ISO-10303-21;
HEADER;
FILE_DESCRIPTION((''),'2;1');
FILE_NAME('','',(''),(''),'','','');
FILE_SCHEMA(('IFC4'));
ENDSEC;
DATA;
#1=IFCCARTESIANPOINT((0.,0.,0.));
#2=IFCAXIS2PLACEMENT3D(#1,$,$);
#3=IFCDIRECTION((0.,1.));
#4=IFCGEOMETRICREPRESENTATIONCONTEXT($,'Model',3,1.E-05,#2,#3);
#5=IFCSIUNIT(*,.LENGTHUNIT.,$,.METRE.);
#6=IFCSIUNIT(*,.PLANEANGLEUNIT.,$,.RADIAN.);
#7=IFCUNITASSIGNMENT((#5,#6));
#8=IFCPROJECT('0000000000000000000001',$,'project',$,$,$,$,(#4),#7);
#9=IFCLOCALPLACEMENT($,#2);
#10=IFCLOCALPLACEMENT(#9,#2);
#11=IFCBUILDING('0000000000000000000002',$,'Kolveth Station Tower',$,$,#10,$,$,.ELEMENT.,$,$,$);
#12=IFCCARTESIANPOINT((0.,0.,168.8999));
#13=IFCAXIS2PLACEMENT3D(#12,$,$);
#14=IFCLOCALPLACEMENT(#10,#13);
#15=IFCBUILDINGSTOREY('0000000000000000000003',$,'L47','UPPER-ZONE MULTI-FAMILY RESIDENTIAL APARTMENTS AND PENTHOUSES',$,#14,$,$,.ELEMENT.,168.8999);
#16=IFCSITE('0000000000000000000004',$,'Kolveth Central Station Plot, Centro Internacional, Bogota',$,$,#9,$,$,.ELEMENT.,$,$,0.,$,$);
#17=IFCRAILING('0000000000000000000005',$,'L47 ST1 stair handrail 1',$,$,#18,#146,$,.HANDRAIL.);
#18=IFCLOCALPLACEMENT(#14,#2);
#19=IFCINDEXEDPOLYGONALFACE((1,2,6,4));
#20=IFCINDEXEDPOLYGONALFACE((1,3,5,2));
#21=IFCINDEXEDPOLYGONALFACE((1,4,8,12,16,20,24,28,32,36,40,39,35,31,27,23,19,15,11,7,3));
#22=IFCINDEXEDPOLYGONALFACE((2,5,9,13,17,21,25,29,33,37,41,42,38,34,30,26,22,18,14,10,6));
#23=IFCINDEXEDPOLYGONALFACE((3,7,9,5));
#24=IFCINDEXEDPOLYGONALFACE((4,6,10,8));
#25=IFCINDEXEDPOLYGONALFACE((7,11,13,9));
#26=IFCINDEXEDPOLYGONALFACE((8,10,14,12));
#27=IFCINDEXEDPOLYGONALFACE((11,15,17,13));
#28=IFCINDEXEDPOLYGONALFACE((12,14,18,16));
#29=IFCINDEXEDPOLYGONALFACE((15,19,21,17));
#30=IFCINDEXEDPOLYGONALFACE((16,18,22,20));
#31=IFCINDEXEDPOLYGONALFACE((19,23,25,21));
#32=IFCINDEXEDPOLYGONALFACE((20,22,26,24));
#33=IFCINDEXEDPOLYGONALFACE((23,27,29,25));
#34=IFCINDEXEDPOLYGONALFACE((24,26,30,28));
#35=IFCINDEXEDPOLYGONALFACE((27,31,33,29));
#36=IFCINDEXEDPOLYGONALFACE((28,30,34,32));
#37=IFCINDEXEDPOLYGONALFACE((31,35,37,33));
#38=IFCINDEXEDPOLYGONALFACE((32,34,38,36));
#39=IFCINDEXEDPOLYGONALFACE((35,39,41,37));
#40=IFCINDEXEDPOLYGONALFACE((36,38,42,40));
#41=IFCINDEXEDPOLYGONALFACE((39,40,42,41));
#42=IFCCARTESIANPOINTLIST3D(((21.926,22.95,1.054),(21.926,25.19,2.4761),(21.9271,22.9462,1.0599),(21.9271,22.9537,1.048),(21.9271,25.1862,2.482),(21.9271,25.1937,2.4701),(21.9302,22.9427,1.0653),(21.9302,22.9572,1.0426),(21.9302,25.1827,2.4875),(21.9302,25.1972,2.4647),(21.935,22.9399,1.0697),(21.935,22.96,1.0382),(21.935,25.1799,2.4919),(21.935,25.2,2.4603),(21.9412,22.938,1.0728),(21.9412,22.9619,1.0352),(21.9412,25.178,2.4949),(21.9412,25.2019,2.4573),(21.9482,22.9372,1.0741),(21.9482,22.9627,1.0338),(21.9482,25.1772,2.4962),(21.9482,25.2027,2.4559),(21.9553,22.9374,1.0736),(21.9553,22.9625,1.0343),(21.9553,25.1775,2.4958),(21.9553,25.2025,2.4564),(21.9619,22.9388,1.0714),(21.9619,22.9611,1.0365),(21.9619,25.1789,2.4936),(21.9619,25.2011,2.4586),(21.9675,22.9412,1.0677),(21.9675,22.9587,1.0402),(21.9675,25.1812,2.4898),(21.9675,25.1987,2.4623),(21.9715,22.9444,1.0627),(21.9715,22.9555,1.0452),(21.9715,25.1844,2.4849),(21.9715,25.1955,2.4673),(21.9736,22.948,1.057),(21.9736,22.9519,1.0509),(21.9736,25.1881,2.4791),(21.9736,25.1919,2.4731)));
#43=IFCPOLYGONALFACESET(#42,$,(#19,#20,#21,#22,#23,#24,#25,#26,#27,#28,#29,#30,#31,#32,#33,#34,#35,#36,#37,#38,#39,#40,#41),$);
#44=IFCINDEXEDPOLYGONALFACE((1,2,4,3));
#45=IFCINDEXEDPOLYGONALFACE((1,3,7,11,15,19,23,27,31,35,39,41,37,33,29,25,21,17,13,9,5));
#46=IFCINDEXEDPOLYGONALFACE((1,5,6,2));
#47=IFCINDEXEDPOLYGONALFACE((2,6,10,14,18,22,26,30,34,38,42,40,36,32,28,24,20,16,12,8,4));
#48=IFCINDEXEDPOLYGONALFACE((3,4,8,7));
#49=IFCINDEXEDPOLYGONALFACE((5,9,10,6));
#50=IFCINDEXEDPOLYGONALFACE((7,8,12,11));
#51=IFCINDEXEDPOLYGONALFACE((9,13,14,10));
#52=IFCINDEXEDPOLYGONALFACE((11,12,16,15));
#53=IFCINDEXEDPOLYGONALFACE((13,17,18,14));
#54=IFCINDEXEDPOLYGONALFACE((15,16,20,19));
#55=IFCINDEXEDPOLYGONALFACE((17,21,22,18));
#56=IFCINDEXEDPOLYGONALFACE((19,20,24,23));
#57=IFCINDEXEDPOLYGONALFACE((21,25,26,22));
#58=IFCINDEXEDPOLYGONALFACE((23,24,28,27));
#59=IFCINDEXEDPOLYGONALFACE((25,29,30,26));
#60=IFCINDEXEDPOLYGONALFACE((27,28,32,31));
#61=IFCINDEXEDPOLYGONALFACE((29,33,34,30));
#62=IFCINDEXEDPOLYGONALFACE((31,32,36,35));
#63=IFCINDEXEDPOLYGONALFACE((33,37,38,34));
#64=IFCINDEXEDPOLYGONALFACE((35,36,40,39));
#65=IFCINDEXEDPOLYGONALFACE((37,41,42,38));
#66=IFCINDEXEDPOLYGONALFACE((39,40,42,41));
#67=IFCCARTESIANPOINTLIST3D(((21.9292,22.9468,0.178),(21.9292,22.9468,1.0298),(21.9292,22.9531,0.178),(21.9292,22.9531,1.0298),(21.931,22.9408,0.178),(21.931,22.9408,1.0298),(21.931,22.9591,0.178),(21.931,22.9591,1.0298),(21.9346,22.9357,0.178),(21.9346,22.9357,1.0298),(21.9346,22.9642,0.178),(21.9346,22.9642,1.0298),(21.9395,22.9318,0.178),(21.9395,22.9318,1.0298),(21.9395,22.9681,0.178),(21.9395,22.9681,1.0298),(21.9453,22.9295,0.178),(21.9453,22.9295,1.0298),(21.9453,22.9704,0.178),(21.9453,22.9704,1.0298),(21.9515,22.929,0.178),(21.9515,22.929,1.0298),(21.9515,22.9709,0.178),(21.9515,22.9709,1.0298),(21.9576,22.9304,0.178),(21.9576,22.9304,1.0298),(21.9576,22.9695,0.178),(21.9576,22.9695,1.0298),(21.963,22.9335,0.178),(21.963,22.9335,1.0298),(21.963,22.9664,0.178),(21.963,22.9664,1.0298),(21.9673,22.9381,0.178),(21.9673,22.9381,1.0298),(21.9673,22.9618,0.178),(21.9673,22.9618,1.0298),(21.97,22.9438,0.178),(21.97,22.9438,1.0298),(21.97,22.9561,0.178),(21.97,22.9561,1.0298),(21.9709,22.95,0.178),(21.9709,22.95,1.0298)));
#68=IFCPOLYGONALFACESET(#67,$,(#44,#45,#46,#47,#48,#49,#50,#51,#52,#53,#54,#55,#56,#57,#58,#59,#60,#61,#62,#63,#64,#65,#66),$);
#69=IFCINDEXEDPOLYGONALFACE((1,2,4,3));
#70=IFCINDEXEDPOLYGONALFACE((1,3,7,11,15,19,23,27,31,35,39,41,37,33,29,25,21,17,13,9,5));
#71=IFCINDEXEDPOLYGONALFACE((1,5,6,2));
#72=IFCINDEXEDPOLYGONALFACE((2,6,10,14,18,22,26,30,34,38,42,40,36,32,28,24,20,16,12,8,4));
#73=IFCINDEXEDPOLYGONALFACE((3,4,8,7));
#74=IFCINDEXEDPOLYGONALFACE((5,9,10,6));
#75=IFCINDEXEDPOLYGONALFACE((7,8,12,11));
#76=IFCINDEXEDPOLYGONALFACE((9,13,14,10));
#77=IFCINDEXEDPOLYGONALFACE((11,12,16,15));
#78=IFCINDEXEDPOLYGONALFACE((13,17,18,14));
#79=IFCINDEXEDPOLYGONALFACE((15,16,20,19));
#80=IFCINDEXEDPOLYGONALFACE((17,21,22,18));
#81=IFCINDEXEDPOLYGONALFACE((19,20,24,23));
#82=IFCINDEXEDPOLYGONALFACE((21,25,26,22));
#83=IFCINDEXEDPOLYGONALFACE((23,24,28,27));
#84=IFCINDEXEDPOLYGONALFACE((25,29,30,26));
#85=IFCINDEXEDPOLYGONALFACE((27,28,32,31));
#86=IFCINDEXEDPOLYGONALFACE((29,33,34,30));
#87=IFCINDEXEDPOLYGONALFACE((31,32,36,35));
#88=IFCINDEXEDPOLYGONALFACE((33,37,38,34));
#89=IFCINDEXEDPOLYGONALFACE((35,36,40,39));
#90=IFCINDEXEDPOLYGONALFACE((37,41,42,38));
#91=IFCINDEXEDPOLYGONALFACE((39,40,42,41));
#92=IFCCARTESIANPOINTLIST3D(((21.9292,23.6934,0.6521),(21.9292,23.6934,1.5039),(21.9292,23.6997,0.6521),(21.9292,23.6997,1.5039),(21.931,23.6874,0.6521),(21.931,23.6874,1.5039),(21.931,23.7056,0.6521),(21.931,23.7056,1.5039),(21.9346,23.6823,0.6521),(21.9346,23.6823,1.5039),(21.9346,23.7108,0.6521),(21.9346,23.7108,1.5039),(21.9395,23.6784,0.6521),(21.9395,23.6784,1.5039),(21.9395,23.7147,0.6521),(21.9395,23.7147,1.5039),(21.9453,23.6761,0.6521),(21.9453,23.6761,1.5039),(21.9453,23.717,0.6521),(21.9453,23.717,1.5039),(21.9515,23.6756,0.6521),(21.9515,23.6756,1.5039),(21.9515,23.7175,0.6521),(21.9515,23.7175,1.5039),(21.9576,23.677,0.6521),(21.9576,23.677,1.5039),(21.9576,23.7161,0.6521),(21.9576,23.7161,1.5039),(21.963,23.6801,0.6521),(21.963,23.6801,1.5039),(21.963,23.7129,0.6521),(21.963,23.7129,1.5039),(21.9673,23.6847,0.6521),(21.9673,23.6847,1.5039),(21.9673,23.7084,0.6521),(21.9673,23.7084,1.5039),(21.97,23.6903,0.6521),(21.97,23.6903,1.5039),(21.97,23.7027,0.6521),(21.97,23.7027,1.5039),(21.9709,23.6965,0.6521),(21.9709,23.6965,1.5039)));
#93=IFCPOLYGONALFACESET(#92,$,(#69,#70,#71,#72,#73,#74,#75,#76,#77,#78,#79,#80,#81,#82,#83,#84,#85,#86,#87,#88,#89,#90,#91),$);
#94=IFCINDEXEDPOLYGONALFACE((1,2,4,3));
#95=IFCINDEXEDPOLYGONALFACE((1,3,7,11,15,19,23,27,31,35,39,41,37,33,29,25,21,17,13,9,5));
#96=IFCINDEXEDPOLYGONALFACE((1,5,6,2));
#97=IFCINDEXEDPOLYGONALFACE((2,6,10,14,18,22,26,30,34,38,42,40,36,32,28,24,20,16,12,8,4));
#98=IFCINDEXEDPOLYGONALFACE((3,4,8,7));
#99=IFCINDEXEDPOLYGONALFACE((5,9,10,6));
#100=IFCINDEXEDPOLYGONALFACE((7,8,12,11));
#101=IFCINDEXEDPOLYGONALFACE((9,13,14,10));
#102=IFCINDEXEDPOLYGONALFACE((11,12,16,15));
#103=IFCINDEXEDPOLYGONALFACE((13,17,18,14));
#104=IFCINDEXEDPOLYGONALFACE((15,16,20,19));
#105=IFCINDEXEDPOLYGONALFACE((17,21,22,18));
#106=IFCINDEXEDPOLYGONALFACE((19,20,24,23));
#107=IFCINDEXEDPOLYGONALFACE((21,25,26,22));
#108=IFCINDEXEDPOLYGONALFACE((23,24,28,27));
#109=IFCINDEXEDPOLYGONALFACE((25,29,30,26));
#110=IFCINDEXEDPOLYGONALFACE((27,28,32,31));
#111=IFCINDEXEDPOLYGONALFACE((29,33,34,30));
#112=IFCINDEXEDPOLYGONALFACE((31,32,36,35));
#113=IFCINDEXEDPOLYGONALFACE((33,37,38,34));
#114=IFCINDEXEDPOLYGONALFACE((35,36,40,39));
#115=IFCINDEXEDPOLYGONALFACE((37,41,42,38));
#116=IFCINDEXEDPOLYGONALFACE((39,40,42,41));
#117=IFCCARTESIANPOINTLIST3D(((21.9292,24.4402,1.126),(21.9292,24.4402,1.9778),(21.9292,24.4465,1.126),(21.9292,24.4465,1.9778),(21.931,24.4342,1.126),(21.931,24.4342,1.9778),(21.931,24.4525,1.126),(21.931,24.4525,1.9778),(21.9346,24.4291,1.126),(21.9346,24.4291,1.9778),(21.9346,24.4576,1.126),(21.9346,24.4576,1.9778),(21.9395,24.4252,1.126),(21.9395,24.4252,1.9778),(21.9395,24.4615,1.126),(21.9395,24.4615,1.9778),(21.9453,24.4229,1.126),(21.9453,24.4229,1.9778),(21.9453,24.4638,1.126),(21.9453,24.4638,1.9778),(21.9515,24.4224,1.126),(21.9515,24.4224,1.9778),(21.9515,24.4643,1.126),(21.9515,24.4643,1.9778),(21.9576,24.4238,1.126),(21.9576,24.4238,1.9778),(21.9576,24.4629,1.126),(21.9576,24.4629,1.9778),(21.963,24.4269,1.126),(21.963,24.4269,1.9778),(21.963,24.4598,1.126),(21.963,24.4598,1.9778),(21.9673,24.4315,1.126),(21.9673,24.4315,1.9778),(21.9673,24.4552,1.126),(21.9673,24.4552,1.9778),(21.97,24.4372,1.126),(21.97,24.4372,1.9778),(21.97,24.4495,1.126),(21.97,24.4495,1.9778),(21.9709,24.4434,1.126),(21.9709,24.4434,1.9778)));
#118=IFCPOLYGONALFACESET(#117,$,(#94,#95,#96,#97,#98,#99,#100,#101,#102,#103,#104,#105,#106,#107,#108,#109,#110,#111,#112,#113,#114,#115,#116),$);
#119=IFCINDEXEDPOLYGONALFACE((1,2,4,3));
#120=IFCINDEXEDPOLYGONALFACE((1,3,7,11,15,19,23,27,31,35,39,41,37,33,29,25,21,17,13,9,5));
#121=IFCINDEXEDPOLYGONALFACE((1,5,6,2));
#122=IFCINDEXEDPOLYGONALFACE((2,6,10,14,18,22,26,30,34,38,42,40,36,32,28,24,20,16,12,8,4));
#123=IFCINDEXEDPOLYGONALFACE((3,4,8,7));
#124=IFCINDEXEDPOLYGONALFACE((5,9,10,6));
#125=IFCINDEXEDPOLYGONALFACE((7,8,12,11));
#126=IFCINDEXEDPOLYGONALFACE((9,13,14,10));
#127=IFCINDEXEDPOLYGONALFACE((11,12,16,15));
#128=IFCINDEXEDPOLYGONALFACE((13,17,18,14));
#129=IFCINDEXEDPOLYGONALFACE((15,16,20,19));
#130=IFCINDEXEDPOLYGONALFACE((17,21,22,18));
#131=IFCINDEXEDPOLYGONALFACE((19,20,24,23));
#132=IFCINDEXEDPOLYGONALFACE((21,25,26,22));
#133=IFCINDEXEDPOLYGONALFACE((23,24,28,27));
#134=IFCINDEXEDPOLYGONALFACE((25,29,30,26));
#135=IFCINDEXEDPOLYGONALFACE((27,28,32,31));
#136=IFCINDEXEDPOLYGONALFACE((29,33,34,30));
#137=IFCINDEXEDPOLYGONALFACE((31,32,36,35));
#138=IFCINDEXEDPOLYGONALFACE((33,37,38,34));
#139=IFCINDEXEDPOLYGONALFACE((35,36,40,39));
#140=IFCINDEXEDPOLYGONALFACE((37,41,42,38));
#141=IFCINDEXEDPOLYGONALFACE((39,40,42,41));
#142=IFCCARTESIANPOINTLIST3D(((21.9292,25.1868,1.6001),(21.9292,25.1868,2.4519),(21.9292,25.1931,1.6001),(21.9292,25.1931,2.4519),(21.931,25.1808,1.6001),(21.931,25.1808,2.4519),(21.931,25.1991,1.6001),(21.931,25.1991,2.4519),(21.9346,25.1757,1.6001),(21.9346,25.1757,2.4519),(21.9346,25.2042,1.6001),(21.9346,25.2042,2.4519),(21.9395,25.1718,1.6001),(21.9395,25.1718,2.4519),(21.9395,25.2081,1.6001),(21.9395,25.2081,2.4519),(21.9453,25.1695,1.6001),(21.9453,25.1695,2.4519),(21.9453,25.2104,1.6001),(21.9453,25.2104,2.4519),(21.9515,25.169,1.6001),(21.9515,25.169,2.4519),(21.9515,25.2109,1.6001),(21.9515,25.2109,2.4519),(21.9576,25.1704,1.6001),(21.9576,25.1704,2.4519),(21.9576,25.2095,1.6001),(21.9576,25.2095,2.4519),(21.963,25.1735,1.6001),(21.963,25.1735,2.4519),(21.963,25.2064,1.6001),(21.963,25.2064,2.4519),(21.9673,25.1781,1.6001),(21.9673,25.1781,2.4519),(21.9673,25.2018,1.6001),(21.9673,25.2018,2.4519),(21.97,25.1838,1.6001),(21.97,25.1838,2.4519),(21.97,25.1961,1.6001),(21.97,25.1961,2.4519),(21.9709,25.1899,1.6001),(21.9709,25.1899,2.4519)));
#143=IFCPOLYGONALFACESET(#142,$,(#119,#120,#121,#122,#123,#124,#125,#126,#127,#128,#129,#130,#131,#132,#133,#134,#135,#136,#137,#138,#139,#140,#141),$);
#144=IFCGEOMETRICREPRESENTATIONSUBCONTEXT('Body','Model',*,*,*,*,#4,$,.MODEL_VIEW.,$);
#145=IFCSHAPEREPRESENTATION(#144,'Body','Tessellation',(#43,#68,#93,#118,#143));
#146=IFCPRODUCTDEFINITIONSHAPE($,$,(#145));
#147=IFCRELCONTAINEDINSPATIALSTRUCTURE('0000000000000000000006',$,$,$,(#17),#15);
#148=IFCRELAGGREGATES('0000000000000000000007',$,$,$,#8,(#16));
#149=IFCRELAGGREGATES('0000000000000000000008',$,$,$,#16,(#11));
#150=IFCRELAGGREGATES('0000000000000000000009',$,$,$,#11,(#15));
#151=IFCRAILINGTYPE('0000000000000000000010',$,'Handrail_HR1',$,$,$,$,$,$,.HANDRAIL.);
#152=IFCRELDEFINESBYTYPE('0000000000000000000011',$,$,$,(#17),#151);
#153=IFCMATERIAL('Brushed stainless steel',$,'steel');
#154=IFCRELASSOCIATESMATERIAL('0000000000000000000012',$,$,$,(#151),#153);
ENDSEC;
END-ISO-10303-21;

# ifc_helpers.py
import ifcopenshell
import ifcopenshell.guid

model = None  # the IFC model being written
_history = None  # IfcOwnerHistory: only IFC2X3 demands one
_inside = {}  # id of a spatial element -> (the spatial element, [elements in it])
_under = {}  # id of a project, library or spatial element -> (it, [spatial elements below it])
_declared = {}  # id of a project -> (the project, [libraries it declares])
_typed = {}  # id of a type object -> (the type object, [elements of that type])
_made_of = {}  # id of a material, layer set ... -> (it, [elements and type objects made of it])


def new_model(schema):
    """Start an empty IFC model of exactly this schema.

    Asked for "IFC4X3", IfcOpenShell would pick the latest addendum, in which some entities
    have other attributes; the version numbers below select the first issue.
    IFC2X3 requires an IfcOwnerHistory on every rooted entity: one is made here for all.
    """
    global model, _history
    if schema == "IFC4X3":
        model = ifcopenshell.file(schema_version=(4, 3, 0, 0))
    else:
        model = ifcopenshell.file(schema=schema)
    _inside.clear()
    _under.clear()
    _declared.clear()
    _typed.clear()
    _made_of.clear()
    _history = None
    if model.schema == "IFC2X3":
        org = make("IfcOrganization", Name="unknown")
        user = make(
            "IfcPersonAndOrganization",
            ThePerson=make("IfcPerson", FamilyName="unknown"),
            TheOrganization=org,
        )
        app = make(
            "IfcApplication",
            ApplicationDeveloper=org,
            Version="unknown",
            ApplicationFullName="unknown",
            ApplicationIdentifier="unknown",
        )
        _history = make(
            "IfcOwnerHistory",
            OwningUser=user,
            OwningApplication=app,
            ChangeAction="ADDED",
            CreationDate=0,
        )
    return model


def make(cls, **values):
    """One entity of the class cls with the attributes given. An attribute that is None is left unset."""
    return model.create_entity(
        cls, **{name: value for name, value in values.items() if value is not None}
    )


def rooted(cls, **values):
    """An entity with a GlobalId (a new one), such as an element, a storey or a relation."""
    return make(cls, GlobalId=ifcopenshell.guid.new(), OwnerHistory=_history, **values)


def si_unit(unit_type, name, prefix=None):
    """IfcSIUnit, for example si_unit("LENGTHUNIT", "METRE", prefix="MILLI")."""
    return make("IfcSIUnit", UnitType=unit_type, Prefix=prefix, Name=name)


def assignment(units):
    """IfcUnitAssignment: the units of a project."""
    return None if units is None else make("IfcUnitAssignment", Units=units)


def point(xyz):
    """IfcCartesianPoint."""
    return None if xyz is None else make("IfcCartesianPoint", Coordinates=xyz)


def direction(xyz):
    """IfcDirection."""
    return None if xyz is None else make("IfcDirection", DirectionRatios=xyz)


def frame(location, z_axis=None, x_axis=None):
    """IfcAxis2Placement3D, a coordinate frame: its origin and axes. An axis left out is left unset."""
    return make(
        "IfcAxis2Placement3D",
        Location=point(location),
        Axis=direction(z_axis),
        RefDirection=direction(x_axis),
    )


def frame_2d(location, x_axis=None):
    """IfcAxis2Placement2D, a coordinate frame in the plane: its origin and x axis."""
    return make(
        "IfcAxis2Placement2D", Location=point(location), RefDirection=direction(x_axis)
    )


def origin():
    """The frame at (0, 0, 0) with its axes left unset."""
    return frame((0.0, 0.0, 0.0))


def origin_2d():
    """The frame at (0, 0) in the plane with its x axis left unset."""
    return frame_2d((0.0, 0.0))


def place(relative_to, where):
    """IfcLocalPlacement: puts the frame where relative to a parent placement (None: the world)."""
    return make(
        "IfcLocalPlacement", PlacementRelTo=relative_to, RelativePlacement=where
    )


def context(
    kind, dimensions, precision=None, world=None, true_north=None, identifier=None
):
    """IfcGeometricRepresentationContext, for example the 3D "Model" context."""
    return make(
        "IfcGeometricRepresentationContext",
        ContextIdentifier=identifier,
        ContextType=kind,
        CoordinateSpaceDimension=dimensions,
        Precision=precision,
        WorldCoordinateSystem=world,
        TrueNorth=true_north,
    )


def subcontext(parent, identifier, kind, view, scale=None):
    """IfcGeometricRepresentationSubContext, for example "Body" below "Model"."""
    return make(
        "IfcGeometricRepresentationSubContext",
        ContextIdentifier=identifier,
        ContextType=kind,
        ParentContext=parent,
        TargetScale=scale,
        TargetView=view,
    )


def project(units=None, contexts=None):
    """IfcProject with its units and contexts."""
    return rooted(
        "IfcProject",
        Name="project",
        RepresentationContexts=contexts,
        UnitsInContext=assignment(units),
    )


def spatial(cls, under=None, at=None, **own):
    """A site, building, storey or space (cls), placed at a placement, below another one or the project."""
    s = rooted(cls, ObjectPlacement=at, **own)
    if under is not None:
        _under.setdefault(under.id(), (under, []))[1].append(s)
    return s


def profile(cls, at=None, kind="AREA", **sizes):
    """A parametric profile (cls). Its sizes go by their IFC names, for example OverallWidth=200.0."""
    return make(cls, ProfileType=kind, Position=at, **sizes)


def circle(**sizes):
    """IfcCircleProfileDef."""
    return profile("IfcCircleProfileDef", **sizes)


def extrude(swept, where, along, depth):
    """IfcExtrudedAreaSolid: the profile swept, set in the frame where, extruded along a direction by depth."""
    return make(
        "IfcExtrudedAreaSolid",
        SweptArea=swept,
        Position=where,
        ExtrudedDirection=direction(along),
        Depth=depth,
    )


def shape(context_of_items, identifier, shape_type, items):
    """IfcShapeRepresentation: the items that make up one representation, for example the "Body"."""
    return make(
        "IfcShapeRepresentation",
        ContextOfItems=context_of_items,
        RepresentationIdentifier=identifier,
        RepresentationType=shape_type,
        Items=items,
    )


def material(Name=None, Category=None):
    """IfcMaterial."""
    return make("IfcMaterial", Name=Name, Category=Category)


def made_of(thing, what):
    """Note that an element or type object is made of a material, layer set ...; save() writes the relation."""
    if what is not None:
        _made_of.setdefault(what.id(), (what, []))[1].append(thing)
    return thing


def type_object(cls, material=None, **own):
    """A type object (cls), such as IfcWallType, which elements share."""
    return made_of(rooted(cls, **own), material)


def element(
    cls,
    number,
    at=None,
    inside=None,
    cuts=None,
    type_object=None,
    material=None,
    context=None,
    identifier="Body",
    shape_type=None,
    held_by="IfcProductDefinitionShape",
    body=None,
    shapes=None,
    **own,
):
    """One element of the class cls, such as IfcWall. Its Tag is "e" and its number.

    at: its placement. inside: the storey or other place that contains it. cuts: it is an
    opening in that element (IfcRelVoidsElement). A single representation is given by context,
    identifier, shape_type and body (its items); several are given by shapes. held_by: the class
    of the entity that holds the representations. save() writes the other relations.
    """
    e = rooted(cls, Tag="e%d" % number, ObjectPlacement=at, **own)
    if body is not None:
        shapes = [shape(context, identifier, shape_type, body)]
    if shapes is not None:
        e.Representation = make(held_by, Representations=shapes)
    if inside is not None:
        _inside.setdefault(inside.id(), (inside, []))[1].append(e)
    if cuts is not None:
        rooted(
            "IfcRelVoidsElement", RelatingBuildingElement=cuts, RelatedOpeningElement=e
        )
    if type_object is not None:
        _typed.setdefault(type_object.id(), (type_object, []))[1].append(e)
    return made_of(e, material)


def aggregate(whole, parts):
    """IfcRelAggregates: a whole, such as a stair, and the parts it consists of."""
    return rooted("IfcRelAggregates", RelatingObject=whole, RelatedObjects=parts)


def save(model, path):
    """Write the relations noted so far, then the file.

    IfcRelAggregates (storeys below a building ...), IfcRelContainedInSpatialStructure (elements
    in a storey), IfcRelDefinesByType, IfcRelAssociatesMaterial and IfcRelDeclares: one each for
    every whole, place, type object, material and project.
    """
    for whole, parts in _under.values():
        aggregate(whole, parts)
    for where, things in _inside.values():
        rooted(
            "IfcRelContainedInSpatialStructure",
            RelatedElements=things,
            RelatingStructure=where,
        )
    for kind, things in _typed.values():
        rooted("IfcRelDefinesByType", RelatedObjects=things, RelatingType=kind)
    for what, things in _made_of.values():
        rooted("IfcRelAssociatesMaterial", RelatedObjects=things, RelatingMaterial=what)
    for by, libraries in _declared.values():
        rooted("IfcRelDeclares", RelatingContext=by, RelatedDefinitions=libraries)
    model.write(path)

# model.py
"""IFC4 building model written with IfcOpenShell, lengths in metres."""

from ifc_helpers import new_model, si_unit, direction, frame, origin, origin_2d, place, context, subcontext, project, spatial, circle, extrude, material, type_object, element, save


model = new_model("IFC4")

# Units and contexts
model_context = context("Model", 3, precision=1e-05, world=origin(), true_north=direction((0.0, 1.0)))
body_context = subcontext(model_context, "Body", "Model", "MODEL_VIEW")
ifc_project = project(units=[si_unit("LENGTHUNIT", "METRE"), si_unit("PLANEANGLEUNIT", "RADIAN")], contexts=[model_context])

# Site, building, storey
site_placement = place(None, origin())
site = spatial("IfcSite", under=ifc_project, at=site_placement, Name="Kolveth Central Station Plot, Centro Internacional, Bogota", CompositionType="ELEMENT", RefElevation=0.0)
building_placement = place(site_placement, origin())
building = spatial("IfcBuilding", under=site, at=building_placement, Name="Kolveth Station Tower", CompositionType="ELEMENT")
storey_placement = place(building_placement, frame((0.0, 0.0, 168.8999)))
storey = spatial("IfcBuildingStorey", under=building, at=storey_placement, Name="L47", Description="UPPER-ZONE MULTI-FAMILY RESIDENTIAL APARTMENTS AND PENTHOUSES", CompositionType="ELEMENT", Elevation=168.8999)

# Railing
ifc_material_1 = material(Name="Brushed stainless steel", Category="steel")
railing_type_1 = type_object("IfcRailingType", Name="Handrail_HR1", PredefinedType="HANDRAIL", material=ifc_material_1)
railing_1_placement = place(storey_placement, frame((21.95, 22.95, 0.178)))
element("IfcRailing", 1, at=railing_1_placement, inside=storey, type_object=railing_type_1, Name="L47 ST1 stair handrail 1", PredefinedType="HANDRAIL", context=body_context, shape_type="SweptSolid", body=[
    extrude(circle(Radius=0.0239, at=origin_2d()), frame((0.0, 0.0, 0.876), z_axis=(0.0, 0.844229, 0.535982), x_axis=(-1.0, 0.0, 0.0)), (0.0, 0.0, 1.0), 2.6533),
    extrude(circle(Radius=0.021, at=origin_2d()), origin(), (0.0, 0.0, 1.0), 0.8518),
    extrude(circle(Radius=0.021, at=origin_2d()), frame((0.0, 0.7466, 0.4741)), (0.0, 0.0, 1.0), 0.8518),
    extrude(circle(Radius=0.021, at=origin_2d()), frame((0.0, 1.4934, 0.948)), (0.0, 0.0, 1.0), 0.8518),
    extrude(circle(Radius=0.021, at=origin_2d()), frame((0.0, 2.24, 1.4221)), (0.0, 0.0, 1.0), 0.8518),
])

save(model, "model.ifc")
